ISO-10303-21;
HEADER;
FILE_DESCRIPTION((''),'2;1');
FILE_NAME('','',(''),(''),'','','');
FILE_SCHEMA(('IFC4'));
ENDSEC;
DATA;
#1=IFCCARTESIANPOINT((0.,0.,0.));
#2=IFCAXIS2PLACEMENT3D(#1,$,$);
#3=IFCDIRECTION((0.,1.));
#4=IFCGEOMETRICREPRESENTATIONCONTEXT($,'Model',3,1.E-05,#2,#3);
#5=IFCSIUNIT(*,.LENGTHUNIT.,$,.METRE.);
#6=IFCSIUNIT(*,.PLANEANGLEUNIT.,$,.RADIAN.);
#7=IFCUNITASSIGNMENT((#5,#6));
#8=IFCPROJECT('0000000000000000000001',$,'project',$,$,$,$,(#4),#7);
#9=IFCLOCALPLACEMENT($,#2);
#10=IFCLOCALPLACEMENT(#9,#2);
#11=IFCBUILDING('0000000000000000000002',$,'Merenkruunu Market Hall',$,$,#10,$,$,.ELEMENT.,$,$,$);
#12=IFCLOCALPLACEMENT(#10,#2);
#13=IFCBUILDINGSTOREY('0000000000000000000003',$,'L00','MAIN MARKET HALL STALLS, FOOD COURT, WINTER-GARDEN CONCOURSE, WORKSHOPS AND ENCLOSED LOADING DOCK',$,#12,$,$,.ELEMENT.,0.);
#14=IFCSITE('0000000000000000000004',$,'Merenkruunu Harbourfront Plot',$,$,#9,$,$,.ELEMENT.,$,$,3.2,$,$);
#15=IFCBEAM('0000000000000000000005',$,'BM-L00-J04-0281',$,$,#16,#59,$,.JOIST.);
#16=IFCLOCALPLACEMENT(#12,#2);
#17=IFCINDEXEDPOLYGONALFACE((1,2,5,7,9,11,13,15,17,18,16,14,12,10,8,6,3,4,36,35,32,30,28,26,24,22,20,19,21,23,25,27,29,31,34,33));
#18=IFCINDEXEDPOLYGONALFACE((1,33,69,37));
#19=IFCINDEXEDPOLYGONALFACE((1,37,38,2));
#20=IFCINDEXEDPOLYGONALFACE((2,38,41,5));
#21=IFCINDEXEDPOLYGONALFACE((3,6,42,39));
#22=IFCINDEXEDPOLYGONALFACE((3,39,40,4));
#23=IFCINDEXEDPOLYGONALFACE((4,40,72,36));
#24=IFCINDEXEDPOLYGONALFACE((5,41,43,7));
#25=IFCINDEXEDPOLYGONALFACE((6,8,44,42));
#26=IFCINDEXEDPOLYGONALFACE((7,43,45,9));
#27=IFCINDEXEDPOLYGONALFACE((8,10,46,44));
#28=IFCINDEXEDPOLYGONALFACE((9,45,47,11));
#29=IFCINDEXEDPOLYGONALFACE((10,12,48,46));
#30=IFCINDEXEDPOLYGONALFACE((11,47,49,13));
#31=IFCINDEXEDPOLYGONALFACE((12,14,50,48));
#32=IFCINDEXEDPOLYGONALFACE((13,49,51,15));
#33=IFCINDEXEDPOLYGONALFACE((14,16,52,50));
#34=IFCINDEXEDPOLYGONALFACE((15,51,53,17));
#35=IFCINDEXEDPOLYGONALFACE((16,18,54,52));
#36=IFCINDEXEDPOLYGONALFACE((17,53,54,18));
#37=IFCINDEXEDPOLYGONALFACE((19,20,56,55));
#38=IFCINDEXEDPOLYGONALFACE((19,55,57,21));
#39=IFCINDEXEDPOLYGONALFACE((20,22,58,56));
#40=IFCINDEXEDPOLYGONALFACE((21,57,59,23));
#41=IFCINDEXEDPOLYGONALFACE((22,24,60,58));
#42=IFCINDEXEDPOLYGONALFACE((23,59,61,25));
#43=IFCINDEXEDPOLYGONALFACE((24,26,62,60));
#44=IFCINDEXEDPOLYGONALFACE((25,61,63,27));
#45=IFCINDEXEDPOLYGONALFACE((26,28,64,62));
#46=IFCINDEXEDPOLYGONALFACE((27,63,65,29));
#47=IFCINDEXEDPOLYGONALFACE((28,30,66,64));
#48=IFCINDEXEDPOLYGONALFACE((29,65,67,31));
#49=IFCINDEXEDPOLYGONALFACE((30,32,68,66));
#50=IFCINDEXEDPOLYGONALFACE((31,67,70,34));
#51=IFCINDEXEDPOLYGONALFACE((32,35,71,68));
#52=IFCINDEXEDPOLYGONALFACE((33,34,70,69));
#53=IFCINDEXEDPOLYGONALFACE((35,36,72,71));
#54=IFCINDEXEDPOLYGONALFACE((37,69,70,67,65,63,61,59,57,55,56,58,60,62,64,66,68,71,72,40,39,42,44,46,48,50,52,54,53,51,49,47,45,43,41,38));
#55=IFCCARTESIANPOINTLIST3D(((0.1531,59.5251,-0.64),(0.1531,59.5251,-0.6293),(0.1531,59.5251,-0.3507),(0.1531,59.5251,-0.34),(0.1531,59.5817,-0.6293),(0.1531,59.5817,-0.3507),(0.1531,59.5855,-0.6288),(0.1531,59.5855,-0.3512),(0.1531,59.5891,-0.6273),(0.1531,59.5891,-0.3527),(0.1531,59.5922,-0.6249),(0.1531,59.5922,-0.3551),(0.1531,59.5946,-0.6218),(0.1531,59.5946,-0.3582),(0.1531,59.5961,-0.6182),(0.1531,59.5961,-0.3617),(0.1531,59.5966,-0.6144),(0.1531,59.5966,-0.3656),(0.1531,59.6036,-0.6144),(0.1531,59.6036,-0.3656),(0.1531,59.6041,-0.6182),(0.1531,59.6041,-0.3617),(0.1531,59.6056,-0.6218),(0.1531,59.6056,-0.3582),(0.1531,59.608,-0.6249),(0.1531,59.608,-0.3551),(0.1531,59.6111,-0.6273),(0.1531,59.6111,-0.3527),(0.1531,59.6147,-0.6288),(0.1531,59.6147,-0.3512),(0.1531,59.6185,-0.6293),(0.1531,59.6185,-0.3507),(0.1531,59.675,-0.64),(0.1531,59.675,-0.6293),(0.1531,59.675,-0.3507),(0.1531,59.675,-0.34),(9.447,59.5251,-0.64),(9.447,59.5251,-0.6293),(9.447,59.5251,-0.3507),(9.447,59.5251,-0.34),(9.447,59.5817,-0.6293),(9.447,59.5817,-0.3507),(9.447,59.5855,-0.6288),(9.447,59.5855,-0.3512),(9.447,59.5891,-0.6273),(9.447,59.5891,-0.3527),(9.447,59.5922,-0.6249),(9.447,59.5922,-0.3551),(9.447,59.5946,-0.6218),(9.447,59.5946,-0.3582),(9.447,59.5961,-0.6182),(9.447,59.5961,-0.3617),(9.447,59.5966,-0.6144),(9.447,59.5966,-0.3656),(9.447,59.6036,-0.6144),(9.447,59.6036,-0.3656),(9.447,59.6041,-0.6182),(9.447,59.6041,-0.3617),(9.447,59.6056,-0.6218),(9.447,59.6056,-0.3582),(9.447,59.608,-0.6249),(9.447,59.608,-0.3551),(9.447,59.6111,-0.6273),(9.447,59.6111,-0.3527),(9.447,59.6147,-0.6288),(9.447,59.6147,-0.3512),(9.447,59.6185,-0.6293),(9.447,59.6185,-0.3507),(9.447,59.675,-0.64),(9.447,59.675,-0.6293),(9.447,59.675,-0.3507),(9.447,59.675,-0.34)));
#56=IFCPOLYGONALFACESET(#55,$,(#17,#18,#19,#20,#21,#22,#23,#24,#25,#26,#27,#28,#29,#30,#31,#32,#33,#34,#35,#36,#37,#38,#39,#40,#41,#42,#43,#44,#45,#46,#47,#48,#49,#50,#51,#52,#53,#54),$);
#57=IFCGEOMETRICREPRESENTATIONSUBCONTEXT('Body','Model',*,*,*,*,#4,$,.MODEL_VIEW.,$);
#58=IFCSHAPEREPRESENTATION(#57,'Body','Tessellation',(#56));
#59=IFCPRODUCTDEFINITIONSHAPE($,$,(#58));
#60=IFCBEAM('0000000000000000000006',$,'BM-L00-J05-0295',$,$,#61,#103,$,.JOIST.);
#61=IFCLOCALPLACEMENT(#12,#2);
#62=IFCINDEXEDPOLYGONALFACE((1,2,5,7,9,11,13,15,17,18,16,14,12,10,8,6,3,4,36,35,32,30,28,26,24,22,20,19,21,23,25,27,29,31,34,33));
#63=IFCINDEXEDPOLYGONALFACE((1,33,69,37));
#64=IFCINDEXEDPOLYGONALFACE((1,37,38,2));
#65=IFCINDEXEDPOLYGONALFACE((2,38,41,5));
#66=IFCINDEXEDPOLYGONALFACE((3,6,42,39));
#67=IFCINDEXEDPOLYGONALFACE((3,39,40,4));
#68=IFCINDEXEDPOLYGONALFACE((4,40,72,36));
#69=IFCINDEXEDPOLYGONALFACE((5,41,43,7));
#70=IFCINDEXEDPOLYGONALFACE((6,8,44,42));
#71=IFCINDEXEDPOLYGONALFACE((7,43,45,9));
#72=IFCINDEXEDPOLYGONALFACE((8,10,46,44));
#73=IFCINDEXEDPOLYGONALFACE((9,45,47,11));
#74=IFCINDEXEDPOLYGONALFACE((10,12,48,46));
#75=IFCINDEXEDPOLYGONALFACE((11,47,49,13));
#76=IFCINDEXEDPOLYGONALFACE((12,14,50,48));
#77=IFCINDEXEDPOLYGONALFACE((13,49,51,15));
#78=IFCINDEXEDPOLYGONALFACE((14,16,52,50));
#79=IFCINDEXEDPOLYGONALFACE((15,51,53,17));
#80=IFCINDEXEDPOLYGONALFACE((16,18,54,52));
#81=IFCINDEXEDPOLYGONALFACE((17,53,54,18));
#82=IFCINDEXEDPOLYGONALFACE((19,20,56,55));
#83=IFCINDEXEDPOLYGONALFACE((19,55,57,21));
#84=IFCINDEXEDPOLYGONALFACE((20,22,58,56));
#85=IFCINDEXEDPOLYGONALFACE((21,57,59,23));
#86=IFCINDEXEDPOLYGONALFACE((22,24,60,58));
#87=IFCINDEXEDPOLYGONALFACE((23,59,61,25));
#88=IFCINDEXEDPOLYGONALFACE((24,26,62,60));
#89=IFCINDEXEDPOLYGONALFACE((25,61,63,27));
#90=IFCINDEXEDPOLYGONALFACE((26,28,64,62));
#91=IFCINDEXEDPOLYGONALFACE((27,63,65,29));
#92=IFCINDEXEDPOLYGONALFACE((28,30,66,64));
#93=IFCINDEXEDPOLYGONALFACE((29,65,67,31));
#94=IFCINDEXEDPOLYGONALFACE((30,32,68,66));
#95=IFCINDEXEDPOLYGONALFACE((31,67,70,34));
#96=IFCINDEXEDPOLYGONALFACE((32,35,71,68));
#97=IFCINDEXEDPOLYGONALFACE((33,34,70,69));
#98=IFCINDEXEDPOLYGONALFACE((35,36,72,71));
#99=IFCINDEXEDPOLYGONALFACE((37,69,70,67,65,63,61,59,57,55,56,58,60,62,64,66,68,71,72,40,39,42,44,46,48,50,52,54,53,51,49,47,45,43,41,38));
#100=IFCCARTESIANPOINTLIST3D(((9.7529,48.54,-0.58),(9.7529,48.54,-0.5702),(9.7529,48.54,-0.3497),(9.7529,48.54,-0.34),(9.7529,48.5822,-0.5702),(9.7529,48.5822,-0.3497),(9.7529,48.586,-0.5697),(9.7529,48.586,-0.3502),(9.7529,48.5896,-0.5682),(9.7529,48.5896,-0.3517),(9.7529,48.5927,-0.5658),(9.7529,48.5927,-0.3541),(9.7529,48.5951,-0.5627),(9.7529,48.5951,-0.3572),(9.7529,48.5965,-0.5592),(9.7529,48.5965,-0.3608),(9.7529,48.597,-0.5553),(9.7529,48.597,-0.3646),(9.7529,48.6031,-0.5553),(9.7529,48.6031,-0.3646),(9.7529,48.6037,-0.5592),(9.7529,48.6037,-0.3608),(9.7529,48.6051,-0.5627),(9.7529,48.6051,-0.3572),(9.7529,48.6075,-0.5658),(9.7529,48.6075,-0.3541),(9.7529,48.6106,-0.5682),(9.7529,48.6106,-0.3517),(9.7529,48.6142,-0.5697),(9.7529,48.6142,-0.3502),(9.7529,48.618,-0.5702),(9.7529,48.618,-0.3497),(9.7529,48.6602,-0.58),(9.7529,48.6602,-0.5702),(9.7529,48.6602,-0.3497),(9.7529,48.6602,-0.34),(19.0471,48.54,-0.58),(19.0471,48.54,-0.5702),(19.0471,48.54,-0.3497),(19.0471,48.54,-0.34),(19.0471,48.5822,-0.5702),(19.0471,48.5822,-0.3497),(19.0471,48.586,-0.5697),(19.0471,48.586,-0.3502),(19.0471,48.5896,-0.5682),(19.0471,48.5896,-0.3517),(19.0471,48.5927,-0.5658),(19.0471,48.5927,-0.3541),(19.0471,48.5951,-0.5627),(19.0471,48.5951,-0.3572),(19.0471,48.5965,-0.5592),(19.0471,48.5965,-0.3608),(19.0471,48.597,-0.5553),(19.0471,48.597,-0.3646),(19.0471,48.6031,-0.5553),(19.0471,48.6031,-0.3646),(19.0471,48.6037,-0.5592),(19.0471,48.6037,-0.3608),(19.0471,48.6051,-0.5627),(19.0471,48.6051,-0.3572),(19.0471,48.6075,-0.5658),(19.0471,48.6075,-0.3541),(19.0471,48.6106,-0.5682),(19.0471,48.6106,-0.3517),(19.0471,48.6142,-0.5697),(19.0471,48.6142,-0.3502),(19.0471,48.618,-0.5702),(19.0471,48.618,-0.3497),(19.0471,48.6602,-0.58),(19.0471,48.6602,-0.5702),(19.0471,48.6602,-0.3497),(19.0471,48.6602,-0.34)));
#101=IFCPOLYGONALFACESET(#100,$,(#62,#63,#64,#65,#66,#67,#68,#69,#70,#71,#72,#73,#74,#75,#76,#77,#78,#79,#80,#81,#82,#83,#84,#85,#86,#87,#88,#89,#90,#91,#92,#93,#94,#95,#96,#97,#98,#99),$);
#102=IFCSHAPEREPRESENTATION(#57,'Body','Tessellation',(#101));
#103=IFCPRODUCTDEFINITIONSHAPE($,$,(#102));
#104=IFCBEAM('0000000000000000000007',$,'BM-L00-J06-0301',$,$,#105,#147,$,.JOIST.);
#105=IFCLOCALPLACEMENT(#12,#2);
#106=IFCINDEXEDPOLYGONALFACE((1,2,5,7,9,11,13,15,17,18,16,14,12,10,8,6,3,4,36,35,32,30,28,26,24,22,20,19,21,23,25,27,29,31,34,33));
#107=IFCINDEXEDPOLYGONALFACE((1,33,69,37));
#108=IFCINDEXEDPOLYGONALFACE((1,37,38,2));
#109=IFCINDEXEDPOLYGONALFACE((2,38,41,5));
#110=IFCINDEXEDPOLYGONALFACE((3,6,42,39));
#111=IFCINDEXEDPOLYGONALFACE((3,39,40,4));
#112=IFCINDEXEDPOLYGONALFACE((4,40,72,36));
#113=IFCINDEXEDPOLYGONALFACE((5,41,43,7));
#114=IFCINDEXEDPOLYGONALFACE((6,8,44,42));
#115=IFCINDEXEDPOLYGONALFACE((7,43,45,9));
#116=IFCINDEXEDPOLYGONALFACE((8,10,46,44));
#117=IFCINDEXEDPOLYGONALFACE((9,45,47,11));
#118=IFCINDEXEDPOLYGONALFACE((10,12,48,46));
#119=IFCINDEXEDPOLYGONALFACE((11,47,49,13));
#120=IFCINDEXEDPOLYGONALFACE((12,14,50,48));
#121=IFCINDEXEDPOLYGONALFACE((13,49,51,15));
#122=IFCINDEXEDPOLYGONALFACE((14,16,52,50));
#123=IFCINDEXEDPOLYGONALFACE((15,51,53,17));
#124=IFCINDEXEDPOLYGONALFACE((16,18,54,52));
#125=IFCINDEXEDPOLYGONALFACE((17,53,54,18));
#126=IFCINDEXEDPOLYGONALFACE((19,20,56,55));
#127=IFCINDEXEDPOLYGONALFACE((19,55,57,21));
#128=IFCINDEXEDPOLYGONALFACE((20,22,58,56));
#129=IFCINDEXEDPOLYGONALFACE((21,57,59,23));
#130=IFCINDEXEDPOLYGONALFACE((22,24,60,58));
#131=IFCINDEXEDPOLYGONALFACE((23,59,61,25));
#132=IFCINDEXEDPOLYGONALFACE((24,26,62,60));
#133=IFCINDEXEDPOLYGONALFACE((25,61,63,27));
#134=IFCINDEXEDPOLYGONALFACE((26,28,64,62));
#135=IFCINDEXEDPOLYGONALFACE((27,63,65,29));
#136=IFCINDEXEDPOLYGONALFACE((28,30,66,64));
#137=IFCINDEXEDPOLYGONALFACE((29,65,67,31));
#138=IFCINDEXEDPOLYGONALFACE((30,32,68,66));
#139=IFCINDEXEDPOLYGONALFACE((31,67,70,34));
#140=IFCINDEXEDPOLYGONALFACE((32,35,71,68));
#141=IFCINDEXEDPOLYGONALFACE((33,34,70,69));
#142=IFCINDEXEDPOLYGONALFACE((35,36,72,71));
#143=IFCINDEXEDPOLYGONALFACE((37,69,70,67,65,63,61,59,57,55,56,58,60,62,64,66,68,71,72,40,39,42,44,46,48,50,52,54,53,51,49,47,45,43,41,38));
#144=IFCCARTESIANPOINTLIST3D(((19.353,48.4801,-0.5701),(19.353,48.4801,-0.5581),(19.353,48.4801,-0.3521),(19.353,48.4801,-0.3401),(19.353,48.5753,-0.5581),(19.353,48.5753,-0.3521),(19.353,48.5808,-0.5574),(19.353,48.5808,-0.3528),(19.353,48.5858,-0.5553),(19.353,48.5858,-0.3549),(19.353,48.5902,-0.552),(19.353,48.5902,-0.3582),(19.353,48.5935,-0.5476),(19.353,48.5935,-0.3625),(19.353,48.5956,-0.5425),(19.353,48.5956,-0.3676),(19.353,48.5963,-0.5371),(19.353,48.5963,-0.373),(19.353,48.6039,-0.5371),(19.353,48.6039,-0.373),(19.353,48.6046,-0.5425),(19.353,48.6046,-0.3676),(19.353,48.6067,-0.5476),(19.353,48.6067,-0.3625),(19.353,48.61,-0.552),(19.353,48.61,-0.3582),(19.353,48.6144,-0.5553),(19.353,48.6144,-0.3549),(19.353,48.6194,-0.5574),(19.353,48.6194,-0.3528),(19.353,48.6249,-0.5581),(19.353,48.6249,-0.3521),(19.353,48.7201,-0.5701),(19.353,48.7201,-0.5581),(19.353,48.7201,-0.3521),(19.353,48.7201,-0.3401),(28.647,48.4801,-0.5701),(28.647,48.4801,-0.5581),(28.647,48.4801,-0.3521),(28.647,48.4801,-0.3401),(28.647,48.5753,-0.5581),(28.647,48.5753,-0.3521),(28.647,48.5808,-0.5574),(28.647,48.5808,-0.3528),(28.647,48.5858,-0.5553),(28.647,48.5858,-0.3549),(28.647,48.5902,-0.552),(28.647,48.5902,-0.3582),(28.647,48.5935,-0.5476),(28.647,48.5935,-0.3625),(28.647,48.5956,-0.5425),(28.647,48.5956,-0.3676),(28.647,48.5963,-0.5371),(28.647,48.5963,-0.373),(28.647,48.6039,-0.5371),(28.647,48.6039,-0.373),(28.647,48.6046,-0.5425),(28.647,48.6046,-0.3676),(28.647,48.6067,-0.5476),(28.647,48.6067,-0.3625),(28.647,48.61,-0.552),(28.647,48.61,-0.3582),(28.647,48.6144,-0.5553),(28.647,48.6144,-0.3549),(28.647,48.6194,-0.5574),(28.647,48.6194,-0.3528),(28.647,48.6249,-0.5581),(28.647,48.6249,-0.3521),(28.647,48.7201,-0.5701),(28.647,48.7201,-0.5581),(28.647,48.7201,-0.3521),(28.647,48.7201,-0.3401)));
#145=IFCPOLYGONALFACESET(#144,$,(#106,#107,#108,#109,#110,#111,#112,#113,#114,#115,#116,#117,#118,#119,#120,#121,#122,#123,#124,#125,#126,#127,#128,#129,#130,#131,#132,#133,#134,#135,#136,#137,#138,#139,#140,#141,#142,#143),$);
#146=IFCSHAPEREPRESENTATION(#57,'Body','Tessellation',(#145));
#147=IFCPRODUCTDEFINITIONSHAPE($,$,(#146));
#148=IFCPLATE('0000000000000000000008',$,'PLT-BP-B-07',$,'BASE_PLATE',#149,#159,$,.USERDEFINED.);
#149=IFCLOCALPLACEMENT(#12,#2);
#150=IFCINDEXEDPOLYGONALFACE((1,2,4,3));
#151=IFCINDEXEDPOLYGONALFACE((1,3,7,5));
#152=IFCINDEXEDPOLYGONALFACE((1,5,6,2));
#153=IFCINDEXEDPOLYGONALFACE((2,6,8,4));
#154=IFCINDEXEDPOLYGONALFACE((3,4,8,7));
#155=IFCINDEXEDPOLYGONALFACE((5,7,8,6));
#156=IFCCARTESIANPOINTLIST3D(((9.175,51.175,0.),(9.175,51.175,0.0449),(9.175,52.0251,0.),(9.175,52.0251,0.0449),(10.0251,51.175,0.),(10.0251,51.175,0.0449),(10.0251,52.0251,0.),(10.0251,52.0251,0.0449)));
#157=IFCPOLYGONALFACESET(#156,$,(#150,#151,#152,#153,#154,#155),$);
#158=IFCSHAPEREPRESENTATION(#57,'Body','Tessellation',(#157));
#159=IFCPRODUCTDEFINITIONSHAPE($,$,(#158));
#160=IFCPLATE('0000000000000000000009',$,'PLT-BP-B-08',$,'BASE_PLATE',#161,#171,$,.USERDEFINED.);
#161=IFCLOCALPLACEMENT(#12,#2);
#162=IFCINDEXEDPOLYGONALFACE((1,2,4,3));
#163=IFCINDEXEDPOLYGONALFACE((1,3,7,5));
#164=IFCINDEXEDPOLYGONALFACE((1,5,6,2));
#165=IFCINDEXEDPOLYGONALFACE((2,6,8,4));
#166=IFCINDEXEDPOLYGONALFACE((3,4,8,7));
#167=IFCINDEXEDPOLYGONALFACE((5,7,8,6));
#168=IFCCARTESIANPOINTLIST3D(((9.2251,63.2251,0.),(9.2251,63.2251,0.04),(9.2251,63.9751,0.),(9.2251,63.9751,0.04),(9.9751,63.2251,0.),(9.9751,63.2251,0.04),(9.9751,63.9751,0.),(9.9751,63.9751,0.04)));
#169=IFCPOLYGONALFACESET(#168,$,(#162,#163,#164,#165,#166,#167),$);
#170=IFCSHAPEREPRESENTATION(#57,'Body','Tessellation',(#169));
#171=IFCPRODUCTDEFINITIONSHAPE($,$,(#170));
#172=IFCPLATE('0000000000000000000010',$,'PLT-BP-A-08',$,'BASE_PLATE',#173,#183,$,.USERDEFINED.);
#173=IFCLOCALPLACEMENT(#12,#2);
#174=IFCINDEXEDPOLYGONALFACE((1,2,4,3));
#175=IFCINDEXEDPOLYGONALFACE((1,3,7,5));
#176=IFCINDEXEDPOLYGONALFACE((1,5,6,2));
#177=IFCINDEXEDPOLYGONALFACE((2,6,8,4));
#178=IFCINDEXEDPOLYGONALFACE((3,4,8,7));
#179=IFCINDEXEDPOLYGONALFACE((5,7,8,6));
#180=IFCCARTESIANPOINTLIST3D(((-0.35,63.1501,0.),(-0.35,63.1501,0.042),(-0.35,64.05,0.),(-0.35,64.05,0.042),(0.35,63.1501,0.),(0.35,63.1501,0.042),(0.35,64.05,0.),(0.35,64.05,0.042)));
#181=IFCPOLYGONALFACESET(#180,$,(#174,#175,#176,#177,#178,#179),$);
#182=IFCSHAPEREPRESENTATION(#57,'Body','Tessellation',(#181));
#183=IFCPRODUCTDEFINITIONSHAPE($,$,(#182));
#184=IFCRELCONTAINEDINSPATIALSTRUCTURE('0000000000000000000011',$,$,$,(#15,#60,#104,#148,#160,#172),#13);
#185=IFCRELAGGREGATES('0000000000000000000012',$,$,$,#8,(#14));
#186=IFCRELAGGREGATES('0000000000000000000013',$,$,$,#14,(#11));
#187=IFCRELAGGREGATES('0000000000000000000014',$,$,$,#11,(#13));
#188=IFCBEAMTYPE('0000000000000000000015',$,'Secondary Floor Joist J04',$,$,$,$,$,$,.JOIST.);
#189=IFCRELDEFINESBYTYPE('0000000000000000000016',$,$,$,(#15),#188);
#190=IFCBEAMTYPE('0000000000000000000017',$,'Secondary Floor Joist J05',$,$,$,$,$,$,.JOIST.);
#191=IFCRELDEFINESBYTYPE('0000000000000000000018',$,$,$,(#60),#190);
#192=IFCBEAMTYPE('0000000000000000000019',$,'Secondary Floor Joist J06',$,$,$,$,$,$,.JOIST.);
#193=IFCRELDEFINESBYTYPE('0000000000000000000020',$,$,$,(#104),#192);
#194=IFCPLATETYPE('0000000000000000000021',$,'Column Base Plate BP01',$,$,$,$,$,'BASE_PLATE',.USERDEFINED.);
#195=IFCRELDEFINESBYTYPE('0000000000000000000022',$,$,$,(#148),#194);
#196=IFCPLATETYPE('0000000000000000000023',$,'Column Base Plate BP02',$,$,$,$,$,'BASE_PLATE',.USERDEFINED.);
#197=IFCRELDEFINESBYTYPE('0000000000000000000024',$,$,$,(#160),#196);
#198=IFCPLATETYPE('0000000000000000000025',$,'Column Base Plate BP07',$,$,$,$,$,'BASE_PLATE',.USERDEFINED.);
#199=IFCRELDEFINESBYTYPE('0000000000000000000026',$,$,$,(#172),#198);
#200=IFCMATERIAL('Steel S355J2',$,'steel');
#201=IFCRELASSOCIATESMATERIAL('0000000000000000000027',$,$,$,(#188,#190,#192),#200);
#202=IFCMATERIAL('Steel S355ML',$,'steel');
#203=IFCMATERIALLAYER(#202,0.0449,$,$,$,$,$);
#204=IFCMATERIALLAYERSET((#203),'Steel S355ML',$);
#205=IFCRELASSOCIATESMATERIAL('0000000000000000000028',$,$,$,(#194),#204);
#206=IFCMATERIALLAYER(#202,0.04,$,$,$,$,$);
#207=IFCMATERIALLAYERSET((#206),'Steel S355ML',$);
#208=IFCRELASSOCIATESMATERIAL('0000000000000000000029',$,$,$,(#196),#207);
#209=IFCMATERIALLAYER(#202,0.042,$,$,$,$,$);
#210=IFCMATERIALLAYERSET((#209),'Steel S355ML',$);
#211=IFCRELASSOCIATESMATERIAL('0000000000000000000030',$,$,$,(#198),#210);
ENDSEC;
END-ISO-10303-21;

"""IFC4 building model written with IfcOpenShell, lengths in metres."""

from ifc_helpers import new_model, si_unit, direction, frame, origin, origin_2d, place, context, subcontext, project, spatial, rectangle, i_section, extrude, material, layer, layer_set, material_profile, profile_set, type_object, element, save


model = new_model("IFC4")

# Units and contexts
model_context = context("Model", 3, precision=1e-05, world=origin(), true_north=direction((0.0, 1.0)))
body_context = subcontext(model_context, "Body", "Model", "MODEL_VIEW")
ifc_project = project(units=[si_unit("LENGTHUNIT", "METRE"), si_unit("PLANEANGLEUNIT", "RADIAN")], contexts=[model_context])

# Site, building, storey
site_placement = place(None, origin())
site = spatial("IfcSite", under=ifc_project, at=site_placement, Name="Merenkruunu Harbourfront Plot", CompositionType="ELEMENT", RefElevation=3.2)
building_placement = place(site_placement, origin())
building = spatial("IfcBuilding", under=site, at=building_placement, Name="Merenkruunu Market Hall", CompositionType="ELEMENT")
storey_placement = place(building_placement, origin())
storey = spatial("IfcBuildingStorey", under=building, at=storey_placement, Name="L00", Description="MAIN MARKET HALL STALLS, FOOD COURT, WINTER-GARDEN CONCOURSE, WORKSHOPS AND ENCLOSED LOADING DOCK", CompositionType="ELEMENT", Elevation=0.0)

# Shared definitions
ifc_material_1 = material(Name="Steel S355ML", Category="steel")
ifc_material_2 = material(Name="Steel S355J2", Category="steel")

# Beams
ifc_material_profile_1 = material_profile(ifc_material_2, i_section(OverallWidth=0.1499, OverallDepth=0.3, WebThickness=0.0071, FlangeThickness=0.0107, FilletRadius=0.0149, at=origin_2d()), Name="IPE 300")
ifc_profile_set_1 = profile_set([ifc_material_profile_1], Name="Steel S355J2")
beam_type_1 = type_object("IfcBeamType", Name="Secondary Floor Joist J04", PredefinedType="JOIST", material=ifc_profile_set_1)
for number, where, z_axis, x_axis, name in (
    (1, (0.1531, 59.6001, -0.49), (1.0, 0.0, 0.0), (0.0, 1.0, 0.0), "BM-L00-J04-0281"),
):
    element("IfcBeam", number, at=place(storey_placement, frame(where, z_axis=z_axis, x_axis=x_axis)), inside=storey, type_object=beam_type_1, Name=name, PredefinedType="JOIST", context=body_context, shape_type="SweptSolid", body=[
        extrude(i_section(OverallWidth=0.1499, OverallDepth=0.3, WebThickness=0.0071, FlangeThickness=0.0107, FilletRadius=0.0149, at=origin_2d()), origin(), (0.0, 0.0, 1.0), 9.2939),
    ])
ifc_material_profile_2 = material_profile(ifc_material_2, i_section(OverallWidth=0.1201, OverallDepth=0.24, WebThickness=0.0061, FlangeThickness=0.0098, FilletRadius=0.0149, at=origin_2d()), Name="IPE 240")
ifc_profile_set_2 = profile_set([ifc_material_profile_2], Name="Steel S355J2")
beam_type_2 = type_object("IfcBeamType", Name="Secondary Floor Joist J05", PredefinedType="JOIST", material=ifc_profile_set_2)
beam_1_placement = place(storey_placement, frame((9.7529, 48.6001, -0.46), z_axis=(1.0, 0.0, 0.0), x_axis=(0.0, 1.0, 0.0)))
element("IfcBeam", 2, at=beam_1_placement, inside=storey, type_object=beam_type_2, Name="BM-L00-J05-0295", PredefinedType="JOIST", context=body_context, shape_type="SweptSolid", body=[
    extrude(i_section(OverallWidth=0.1201, OverallDepth=0.24, WebThickness=0.0061, FlangeThickness=0.0098, FilletRadius=0.0149, at=origin_2d()), origin(), (0.0, 0.0, 1.0), 9.2942),
])
ifc_material_profile_3 = material_profile(ifc_material_2, i_section(OverallWidth=0.24, OverallDepth=0.23, WebThickness=0.0076, FlangeThickness=0.012, FilletRadius=0.021, at=origin_2d()), Name="HEA 240")
ifc_profile_set_3 = profile_set([ifc_material_profile_3], Name="Steel S355J2")
beam_type_3 = type_object("IfcBeamType", Name="Secondary Floor Joist J06", PredefinedType="JOIST", material=ifc_profile_set_3)
beam_2_placement = place(storey_placement, frame((19.353, 48.6001, -0.4551), z_axis=(1.0, 0.0, 0.0), x_axis=(0.0, 1.0, 0.0)))
element("IfcBeam", 3, at=beam_2_placement, inside=storey, type_object=beam_type_3, Name="BM-L00-J06-0301", PredefinedType="JOIST", context=body_context, shape_type="SweptSolid", body=[
    extrude(i_section(OverallWidth=0.24, OverallDepth=0.23, WebThickness=0.0076, FlangeThickness=0.012, FilletRadius=0.021, at=origin_2d()), origin(), (0.0, 0.0, 1.0), 9.2939),
])

# Plates
ifc_layer_1 = layer(ifc_material_1, 0.0449)
ifc_layer_set_1 = layer_set([ifc_layer_1], Name="Steel S355ML")
plate_type_1 = type_object("IfcPlateType", Name="Column Base Plate BP01", ElementType="BASE_PLATE", PredefinedType="USERDEFINED", material=ifc_layer_set_1)
plate_1_placement = place(storey_placement, frame((9.6001, 51.6001, 0.0), z_axis=(0.0, 0.0, 1.0), x_axis=(1.0, 0.0, 0.0)))
element("IfcPlate", 4, at=plate_1_placement, inside=storey, type_object=plate_type_1, Name="PLT-BP-B-07", ObjectType="BASE_PLATE", PredefinedType="USERDEFINED", context=body_context, shape_type="SweptSolid", body=[
    extrude(rectangle(XDim=0.8501, YDim=0.8501, at=origin_2d()), origin(), (0.0, 0.0, 1.0), 0.0449),
])
ifc_layer_2 = layer(ifc_material_1, 0.04)
ifc_layer_set_2 = layer_set([ifc_layer_2], Name="Steel S355ML")
plate_type_2 = type_object("IfcPlateType", Name="Column Base Plate BP02", ElementType="BASE_PLATE", PredefinedType="USERDEFINED", material=ifc_layer_set_2)
plate_2_placement = place(storey_placement, frame((9.6001, 63.6001, 0.0), z_axis=(0.0, 0.0, 1.0), x_axis=(1.0, 0.0, 0.0)))
element("IfcPlate", 5, at=plate_2_placement, inside=storey, type_object=plate_type_2, Name="PLT-BP-B-08", ObjectType="BASE_PLATE", PredefinedType="USERDEFINED", context=body_context, shape_type="SweptSolid", body=[
    extrude(rectangle(XDim=0.75, YDim=0.75, at=origin_2d()), origin(), (0.0, 0.0, 1.0), 0.04),
])
ifc_layer_3 = layer(ifc_material_1, 0.042)
ifc_layer_set_3 = layer_set([ifc_layer_3], Name="Steel S355ML")
plate_type_3 = type_object("IfcPlateType", Name="Column Base Plate BP07", ElementType="BASE_PLATE", PredefinedType="USERDEFINED", material=ifc_layer_set_3)
plate_3_placement = place(storey_placement, frame((0.0, 63.6001, 0.0), z_axis=(0.0, 0.0, 1.0), x_axis=(1.0, 0.0, 0.0)))
element("IfcPlate", 6, at=plate_3_placement, inside=storey, type_object=plate_type_3, Name="PLT-BP-A-08", ObjectType="BASE_PLATE", PredefinedType="USERDEFINED", context=body_context, shape_type="SweptSolid", body=[
    extrude(rectangle(XDim=0.7, YDim=0.8999, at=origin_2d()), origin(), (0.0, 0.0, 1.0), 0.042),
])

save(model, "model.ifc")
